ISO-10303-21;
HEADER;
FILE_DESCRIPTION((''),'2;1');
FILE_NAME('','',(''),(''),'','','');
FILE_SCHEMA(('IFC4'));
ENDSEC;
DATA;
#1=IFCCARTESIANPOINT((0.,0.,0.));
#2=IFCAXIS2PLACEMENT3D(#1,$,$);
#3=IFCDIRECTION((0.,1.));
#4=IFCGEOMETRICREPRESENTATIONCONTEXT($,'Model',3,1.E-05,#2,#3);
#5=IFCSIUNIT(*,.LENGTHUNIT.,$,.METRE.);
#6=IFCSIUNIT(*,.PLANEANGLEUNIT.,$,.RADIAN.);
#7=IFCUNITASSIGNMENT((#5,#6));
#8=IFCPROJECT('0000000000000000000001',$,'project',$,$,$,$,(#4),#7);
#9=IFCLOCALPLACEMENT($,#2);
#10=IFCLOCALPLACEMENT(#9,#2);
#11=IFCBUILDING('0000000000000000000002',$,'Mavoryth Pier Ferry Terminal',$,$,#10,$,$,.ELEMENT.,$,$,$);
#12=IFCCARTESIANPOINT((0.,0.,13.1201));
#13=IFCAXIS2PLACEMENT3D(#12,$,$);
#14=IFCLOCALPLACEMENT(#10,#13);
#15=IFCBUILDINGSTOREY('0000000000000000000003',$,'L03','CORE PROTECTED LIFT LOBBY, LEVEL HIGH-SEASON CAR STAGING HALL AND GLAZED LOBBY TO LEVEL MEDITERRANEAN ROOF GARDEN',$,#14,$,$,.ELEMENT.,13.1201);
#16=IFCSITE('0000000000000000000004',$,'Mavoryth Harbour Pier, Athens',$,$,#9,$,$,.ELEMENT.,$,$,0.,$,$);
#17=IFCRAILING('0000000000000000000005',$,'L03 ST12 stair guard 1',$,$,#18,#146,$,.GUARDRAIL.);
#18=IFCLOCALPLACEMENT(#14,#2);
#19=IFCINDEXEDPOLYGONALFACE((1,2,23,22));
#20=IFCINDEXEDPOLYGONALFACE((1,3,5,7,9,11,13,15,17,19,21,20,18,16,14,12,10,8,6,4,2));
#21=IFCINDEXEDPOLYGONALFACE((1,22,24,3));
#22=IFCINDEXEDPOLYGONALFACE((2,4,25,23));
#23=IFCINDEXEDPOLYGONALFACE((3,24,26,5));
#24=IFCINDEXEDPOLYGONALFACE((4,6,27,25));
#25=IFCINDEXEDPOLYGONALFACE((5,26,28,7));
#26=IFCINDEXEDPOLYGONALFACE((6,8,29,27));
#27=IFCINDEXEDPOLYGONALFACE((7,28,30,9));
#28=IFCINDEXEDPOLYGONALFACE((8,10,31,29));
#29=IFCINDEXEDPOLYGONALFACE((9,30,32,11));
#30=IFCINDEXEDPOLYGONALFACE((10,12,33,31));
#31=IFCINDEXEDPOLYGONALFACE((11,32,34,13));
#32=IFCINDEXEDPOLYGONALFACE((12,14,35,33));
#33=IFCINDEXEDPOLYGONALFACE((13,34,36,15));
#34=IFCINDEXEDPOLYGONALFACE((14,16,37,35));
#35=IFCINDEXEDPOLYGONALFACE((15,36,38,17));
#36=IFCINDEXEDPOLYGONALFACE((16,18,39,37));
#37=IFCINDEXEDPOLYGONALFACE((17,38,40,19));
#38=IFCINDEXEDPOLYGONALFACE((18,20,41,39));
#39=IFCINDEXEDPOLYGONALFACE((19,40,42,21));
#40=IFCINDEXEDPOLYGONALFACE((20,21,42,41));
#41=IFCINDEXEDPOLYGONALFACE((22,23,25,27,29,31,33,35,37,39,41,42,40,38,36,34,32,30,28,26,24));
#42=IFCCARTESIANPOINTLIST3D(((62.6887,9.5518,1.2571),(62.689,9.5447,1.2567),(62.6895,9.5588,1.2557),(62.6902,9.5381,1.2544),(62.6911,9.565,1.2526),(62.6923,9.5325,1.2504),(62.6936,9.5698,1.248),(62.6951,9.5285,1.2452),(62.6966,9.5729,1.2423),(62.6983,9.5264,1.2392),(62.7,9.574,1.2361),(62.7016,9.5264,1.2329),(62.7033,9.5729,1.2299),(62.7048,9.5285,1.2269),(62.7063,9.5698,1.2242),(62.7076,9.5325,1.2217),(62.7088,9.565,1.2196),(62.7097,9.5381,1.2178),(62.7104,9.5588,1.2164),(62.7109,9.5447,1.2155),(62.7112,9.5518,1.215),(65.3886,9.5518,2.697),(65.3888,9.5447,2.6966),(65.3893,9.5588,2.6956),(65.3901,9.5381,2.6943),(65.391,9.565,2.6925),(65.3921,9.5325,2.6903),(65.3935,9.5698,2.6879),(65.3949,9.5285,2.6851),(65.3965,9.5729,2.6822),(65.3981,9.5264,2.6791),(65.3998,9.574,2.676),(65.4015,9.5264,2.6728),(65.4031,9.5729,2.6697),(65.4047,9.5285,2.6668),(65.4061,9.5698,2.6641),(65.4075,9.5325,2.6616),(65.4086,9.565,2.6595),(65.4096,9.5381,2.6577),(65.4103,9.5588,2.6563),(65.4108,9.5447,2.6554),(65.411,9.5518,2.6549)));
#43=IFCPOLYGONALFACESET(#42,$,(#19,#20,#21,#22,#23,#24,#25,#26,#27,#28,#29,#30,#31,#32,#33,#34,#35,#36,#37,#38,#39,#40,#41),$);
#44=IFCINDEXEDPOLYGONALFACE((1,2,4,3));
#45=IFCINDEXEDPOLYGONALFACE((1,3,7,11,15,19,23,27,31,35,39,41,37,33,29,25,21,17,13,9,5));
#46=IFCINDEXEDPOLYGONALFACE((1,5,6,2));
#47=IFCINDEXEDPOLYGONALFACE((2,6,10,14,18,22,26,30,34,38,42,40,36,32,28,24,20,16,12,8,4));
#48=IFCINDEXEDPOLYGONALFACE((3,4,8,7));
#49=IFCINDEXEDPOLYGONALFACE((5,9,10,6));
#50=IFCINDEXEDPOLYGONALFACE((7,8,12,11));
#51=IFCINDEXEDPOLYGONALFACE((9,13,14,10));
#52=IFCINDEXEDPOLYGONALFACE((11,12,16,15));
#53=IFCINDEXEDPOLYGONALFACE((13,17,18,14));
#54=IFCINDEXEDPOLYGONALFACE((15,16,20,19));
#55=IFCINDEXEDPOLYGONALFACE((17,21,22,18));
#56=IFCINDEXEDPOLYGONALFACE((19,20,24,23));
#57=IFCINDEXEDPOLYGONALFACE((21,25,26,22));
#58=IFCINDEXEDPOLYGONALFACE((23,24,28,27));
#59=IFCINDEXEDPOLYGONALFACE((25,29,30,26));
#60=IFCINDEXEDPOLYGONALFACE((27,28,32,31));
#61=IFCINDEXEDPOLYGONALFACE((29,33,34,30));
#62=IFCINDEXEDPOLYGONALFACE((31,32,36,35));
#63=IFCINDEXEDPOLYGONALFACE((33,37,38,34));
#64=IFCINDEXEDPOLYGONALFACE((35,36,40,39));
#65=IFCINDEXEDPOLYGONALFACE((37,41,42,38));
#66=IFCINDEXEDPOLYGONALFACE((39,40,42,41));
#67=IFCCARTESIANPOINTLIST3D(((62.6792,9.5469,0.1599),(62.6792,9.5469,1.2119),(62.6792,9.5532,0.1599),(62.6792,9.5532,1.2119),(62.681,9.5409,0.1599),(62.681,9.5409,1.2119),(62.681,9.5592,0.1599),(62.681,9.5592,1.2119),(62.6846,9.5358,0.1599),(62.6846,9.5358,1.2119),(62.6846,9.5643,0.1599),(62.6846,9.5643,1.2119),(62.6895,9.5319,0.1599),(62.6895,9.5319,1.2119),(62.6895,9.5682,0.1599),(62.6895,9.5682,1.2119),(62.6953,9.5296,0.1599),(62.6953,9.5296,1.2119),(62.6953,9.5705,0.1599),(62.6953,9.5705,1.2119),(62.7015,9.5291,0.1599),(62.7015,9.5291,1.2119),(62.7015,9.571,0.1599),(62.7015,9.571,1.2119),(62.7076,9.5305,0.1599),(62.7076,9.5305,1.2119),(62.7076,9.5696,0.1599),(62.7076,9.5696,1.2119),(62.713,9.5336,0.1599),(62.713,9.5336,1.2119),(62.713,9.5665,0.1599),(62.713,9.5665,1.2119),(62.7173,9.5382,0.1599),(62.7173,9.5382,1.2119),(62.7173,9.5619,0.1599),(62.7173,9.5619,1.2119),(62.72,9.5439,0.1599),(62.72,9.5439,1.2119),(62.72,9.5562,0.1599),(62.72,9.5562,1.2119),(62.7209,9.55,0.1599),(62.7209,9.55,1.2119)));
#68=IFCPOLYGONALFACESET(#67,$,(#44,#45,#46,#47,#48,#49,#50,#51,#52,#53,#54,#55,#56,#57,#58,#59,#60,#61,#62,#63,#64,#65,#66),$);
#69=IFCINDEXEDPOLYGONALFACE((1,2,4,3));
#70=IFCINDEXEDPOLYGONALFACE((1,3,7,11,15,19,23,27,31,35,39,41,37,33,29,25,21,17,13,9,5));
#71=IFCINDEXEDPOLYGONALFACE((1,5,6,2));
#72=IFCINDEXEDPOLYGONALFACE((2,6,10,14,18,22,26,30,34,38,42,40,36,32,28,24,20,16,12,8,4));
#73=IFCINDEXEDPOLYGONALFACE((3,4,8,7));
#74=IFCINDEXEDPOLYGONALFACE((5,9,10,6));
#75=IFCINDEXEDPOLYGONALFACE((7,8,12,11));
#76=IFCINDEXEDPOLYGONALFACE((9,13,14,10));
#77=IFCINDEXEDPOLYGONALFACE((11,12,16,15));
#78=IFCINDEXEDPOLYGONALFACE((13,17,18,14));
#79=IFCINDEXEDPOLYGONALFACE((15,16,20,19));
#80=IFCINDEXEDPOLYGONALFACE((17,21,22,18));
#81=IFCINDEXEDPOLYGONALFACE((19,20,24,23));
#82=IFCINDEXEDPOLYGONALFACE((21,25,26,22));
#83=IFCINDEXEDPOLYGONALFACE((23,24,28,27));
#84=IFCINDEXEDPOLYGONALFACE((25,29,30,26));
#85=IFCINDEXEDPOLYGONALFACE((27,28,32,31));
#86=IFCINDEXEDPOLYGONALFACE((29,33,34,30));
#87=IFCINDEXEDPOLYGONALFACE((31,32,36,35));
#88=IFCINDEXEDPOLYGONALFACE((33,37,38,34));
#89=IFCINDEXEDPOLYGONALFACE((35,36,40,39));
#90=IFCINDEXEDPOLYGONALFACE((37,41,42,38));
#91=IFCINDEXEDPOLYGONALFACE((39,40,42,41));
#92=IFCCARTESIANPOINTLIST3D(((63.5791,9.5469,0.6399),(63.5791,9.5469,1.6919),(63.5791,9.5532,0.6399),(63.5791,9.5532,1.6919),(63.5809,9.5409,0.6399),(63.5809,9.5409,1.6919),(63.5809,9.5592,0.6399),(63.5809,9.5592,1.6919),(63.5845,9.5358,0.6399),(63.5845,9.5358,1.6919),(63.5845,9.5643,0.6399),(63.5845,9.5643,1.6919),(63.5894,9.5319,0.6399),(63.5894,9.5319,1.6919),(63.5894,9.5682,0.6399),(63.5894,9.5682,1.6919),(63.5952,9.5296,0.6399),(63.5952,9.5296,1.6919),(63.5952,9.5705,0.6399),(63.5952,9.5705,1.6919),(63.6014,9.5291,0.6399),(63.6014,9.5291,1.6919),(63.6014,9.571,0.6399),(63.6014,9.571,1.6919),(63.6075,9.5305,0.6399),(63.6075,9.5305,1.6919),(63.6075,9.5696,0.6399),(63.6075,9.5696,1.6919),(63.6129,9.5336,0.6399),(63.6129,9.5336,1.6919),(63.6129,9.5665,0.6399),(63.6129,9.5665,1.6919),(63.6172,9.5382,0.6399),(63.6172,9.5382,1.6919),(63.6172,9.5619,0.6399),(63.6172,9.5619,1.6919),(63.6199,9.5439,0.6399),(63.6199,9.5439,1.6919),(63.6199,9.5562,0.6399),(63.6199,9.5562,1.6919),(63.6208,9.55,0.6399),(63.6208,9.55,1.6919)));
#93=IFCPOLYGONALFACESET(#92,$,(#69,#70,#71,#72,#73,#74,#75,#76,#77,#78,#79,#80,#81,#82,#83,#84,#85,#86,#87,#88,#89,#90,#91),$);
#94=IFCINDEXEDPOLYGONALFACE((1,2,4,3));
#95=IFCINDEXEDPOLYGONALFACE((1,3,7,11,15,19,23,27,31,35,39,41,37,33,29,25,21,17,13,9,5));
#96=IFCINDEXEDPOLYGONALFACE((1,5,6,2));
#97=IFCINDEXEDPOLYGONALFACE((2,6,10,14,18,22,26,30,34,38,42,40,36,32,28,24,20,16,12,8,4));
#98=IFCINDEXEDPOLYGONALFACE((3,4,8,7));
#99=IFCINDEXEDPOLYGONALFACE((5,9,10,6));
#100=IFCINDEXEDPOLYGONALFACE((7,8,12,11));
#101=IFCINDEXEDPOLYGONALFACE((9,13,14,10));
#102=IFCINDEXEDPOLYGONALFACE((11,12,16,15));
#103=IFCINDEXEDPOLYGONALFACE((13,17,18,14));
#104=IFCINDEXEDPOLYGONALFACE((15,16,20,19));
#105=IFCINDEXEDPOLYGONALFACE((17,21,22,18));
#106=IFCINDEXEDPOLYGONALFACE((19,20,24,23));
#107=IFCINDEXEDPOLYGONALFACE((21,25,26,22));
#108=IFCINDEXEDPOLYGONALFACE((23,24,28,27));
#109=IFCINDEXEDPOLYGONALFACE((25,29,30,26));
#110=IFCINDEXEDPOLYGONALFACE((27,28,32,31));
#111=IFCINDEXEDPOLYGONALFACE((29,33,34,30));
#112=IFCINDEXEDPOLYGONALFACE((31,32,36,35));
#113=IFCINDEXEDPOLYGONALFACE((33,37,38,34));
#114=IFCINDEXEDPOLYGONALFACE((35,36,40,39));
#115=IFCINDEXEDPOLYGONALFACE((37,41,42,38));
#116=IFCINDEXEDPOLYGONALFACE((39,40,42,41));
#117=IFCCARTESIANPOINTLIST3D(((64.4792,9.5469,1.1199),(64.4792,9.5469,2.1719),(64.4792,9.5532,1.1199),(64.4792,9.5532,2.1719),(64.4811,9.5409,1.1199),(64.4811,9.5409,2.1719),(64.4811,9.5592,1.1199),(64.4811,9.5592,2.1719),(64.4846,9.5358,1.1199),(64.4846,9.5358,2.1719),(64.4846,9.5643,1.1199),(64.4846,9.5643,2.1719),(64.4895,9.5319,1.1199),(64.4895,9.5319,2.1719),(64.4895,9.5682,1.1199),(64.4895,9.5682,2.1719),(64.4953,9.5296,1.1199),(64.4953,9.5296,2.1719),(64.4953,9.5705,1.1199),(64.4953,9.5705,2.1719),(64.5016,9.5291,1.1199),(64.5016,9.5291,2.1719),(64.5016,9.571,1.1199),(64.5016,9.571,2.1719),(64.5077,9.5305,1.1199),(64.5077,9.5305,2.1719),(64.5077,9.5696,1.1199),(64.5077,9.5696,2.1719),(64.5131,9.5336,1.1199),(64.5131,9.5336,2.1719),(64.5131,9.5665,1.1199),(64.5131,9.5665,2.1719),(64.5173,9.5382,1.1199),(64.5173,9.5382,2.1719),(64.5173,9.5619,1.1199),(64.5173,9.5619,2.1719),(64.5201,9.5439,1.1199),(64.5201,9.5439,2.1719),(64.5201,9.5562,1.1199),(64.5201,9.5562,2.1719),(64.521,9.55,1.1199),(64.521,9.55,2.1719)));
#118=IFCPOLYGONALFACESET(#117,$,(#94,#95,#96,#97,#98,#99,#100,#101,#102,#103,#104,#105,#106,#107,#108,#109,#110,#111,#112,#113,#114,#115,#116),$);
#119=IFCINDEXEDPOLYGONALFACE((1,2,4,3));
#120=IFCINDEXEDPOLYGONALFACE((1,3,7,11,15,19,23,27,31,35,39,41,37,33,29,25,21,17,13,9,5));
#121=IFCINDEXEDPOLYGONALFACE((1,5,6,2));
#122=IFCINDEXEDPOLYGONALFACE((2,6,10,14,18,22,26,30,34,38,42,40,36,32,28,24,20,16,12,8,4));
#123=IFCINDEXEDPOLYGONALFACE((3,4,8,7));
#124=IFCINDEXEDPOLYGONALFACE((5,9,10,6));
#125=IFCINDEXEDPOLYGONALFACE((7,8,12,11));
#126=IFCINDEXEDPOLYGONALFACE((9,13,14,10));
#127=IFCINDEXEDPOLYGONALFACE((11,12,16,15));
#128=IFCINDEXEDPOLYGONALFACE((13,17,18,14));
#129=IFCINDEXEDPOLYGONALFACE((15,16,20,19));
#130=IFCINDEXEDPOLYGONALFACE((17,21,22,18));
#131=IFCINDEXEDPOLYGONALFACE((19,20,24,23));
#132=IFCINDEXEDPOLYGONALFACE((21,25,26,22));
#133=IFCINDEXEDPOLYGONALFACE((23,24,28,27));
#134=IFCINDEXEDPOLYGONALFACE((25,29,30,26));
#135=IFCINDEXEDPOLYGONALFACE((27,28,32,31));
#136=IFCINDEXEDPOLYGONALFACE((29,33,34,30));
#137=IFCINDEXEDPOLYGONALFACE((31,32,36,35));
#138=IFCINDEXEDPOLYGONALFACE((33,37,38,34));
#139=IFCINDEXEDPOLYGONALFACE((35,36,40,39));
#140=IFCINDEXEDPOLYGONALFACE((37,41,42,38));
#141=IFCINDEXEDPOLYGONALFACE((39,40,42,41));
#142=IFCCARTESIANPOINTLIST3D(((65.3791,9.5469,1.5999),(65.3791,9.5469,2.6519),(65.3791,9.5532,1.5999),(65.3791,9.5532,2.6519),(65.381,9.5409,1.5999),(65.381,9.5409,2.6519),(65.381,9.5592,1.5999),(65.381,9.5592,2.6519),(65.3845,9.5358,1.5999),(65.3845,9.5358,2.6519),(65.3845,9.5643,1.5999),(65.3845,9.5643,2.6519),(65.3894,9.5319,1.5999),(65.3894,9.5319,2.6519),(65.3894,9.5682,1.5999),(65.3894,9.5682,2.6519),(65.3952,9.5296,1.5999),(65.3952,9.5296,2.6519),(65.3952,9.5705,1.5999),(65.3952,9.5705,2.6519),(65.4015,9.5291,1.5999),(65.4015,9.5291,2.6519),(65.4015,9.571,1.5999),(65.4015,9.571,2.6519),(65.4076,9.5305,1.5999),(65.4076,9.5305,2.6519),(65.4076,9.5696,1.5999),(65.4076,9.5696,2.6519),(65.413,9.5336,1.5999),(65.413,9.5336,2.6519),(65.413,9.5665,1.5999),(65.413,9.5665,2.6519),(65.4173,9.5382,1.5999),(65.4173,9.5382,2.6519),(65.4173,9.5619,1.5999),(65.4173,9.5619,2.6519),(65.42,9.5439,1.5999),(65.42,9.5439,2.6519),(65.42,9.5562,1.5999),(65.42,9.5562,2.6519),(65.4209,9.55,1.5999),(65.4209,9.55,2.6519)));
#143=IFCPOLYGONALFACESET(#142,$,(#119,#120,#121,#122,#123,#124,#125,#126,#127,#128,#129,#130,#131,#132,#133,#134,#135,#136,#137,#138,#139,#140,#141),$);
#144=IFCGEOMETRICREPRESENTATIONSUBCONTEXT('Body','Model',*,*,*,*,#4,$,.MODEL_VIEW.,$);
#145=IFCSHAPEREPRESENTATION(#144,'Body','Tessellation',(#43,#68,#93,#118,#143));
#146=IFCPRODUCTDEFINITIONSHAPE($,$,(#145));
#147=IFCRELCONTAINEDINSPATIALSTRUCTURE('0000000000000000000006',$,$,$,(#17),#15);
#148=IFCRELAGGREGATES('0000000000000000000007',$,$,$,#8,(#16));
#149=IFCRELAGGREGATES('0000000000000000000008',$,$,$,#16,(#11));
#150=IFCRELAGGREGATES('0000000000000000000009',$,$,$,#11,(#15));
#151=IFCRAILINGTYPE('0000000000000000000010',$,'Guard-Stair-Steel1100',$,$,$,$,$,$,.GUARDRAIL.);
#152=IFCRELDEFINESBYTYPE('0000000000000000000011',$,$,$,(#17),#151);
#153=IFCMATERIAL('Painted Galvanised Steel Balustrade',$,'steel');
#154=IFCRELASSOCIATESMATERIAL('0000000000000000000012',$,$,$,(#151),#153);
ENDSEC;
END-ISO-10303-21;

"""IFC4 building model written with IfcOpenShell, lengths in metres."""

from ifc_helpers import new_model, si_unit, direction, frame, origin, origin_2d, place, context, subcontext, project, spatial, circle, extrude, material, type_object, element, save


model = new_model("IFC4")

# Units and contexts
model_context = context("Model", 3, precision=1e-05, world=origin(), true_north=direction((0.0, 1.0)))
body_context = subcontext(model_context, "Body", "Model", "MODEL_VIEW")
ifc_project = project(units=[si_unit("LENGTHUNIT", "METRE"), si_unit("PLANEANGLEUNIT", "RADIAN")], contexts=[model_context])

# Site, building, storey
site_placement = place(None, origin())
site = spatial("IfcSite", under=ifc_project, at=site_placement, Name="Mavoryth Harbour Pier, Athens", CompositionType="ELEMENT", RefElevation=0.0)
building_placement = place(site_placement, origin())
building = spatial("IfcBuilding", under=site, at=building_placement, Name="Mavoryth Pier Ferry Terminal", CompositionType="ELEMENT")
storey_placement = place(building_placement, frame((0.0, 0.0, 13.1201)))
storey = spatial("IfcBuildingStorey", under=building, at=storey_placement, Name="L03", Description="CORE PROTECTED LIFT LOBBY, LEVEL HIGH-SEASON CAR STAGING HALL AND GLAZED LOBBY TO LEVEL MEDITERRANEAN ROOF GARDEN", CompositionType="ELEMENT", Elevation=13.1201)

# Railing
ifc_material_1 = material(Name="Painted Galvanised Steel Balustrade", Category="steel")
railing_type_1 = type_object("IfcRailingType", Name="Guard-Stair-Steel1100", PredefinedType="GUARDRAIL", material=ifc_material_1)
railing_1_placement = place(storey_placement, frame((62.7, 9.55, 0.1599)))
element("IfcRailing", 1, at=railing_1_placement, inside=storey, type_object=railing_type_1, Name="L03 ST12 stair guard 1", PredefinedType="GUARDRAIL", context=body_context, shape_type="SweptSolid", body=[
    extrude(circle(Radius=0.0239, at=origin_2d()), frame((0.0, 0.0, 1.0762), z_axis=(0.882357, 0.0, 0.47058), x_axis=(0.0, 1.0, 0.0)), (0.0, 0.0, 1.0), 3.0598),
    extrude(circle(Radius=0.021, at=origin_2d()), origin(), (0.0, 0.0, 1.0), 1.052),
    extrude(circle(Radius=0.021, at=origin_2d()), frame((0.8999, 0.0, 0.48)), (0.0, 0.0, 1.0), 1.052),
    extrude(circle(Radius=0.021, at=origin_2d()), frame((1.8, 0.0, 0.96)), (0.0, 0.0, 1.0), 1.052),
    extrude(circle(Radius=0.021, at=origin_2d()), frame((2.7, 0.0, 1.4399)), (0.0, 0.0, 1.0), 1.052),
])

save(model, "model.ifc")
